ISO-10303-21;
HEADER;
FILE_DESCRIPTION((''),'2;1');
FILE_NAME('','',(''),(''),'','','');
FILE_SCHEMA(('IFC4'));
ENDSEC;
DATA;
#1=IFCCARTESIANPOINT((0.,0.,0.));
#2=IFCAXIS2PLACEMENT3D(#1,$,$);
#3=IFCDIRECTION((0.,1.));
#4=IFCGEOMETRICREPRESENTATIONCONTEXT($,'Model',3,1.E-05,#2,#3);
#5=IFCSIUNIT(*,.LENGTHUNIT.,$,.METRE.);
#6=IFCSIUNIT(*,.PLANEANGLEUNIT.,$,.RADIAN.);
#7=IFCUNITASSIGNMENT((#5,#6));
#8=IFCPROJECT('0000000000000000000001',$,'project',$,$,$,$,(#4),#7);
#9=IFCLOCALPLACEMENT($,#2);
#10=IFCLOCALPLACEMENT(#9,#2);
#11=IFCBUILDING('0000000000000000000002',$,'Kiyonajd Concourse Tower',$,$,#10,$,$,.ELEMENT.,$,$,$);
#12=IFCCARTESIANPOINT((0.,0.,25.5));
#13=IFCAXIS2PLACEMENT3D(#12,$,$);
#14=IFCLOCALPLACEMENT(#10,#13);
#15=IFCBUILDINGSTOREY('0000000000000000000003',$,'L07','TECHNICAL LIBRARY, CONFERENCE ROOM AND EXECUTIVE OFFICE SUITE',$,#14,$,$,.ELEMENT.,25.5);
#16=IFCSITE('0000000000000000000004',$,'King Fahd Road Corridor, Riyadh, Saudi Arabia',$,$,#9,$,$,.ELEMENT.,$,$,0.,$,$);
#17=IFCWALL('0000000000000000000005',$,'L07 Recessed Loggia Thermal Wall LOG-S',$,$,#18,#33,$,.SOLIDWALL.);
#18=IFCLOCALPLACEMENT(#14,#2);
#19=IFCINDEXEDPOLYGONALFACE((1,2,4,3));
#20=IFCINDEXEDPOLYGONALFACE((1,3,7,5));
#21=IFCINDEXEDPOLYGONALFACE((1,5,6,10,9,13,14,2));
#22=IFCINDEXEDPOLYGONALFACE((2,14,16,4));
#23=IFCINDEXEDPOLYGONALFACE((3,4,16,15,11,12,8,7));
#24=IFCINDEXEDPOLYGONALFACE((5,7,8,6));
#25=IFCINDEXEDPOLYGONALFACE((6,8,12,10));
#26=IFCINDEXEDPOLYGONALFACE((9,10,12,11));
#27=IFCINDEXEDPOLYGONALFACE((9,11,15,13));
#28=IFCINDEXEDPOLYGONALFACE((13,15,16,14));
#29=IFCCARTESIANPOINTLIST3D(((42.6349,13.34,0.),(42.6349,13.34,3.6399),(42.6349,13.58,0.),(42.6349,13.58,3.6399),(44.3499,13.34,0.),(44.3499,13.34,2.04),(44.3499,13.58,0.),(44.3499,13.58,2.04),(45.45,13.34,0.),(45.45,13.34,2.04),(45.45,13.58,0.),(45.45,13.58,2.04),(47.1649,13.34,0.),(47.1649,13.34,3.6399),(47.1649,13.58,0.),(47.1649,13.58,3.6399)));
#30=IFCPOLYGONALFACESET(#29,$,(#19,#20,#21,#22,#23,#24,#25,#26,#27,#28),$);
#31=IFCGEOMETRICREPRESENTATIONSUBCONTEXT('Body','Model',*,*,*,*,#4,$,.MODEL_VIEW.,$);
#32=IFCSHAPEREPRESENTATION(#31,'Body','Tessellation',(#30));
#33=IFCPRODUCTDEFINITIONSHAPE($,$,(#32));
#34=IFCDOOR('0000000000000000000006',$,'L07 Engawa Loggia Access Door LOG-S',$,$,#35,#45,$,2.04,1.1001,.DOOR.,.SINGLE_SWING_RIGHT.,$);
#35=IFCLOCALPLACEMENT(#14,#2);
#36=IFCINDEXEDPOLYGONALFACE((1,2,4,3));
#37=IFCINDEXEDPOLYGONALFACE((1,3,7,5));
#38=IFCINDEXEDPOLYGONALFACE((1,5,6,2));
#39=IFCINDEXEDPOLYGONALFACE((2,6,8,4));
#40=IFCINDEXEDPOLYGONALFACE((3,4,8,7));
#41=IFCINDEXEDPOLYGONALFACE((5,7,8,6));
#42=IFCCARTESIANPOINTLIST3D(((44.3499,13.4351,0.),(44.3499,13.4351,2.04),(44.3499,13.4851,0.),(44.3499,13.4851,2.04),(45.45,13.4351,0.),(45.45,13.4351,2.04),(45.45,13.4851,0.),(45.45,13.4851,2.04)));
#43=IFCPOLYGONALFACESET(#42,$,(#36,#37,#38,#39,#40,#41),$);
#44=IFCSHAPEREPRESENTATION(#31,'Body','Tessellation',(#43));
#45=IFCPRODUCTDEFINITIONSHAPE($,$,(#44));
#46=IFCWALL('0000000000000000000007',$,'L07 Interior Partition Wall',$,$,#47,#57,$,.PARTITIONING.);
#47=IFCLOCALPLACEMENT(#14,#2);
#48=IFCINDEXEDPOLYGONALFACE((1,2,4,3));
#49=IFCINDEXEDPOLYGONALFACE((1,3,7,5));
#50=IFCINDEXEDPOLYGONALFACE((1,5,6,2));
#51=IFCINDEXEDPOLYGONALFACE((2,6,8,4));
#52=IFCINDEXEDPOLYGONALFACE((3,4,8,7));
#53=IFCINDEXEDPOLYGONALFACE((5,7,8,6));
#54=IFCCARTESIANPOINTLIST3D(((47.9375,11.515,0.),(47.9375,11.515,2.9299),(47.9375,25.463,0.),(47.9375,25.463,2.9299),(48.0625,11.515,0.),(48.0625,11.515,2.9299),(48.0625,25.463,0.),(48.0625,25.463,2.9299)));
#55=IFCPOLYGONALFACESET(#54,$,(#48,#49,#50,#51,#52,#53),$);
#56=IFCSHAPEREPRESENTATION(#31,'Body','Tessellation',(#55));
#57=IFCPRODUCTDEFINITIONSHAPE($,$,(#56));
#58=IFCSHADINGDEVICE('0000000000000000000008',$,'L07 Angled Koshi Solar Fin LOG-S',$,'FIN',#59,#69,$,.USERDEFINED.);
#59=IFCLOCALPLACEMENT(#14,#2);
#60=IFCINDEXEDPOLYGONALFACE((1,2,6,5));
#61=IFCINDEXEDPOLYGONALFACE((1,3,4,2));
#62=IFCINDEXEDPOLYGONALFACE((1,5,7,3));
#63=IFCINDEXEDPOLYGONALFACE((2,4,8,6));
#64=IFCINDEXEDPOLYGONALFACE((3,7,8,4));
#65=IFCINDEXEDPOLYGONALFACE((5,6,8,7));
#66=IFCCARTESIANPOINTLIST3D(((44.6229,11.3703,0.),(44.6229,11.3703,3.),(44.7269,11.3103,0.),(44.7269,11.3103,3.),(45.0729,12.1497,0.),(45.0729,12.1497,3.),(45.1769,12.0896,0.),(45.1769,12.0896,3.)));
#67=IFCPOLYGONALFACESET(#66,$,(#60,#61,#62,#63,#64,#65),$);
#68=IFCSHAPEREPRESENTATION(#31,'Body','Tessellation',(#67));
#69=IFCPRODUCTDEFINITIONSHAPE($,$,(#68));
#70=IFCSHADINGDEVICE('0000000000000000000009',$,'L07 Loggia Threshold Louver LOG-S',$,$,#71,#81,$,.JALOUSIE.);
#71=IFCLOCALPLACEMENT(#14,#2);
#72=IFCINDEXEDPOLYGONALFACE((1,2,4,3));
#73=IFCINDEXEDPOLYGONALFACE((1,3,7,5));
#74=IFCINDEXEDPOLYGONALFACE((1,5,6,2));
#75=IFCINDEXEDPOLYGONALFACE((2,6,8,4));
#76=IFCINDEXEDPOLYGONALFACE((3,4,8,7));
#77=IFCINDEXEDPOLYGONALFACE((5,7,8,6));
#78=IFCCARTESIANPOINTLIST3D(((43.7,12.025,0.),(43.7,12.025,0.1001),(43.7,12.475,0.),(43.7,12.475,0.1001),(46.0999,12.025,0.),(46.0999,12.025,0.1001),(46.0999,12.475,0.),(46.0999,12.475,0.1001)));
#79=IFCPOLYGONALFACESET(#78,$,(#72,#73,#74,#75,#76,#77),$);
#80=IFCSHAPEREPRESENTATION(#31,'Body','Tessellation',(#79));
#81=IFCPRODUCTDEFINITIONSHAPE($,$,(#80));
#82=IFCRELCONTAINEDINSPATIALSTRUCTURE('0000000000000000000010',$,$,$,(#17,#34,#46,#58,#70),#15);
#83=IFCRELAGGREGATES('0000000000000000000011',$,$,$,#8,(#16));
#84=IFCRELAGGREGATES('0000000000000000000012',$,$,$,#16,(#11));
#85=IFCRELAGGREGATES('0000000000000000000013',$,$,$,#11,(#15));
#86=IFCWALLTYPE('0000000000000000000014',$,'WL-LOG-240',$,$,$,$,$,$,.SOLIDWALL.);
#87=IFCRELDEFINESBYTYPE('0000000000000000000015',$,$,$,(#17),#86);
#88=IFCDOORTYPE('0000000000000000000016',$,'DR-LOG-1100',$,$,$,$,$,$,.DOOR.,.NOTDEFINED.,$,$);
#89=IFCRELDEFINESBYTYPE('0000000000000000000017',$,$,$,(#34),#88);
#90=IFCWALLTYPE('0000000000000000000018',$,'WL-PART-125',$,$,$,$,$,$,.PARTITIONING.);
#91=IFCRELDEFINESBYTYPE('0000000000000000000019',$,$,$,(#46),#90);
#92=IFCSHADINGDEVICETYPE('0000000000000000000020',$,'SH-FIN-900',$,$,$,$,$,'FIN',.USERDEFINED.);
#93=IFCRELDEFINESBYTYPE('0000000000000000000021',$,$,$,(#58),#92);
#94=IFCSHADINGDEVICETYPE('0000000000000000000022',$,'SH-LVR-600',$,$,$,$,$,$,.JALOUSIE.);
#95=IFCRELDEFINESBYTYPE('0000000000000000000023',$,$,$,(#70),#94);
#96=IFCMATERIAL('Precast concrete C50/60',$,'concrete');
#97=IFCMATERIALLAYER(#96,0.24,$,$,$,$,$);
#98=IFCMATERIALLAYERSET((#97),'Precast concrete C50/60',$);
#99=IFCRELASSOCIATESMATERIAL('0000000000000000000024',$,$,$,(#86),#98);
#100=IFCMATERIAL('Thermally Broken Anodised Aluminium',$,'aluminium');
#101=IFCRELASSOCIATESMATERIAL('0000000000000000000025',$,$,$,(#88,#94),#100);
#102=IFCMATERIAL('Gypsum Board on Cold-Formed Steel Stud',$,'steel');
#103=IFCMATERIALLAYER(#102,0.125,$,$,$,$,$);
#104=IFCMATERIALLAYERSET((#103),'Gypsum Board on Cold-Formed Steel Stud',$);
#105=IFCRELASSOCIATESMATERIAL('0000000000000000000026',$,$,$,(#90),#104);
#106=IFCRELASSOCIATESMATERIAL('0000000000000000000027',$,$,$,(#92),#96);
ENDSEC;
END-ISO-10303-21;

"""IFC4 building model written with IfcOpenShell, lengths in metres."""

from ifc_helpers import new_model, si_unit, direction, frame, frame_2d, origin, origin_2d, place, context, subcontext, project, spatial, rectangle, extrude, material, layer, layer_set, type_object, element, fill, save


model = new_model("IFC4")

# Units and contexts
model_context = context("Model", 3, precision=1e-05, world=origin(), true_north=direction((0.0, 1.0)))
body_context = subcontext(model_context, "Body", "Model", "MODEL_VIEW")
ifc_project = project(units=[si_unit("LENGTHUNIT", "METRE"), si_unit("PLANEANGLEUNIT", "RADIAN")], contexts=[model_context])

# Site, building, storey
site_placement = place(None, origin())
site = spatial("IfcSite", under=ifc_project, at=site_placement, Name="King Fahd Road Corridor, Riyadh, Saudi Arabia", CompositionType="ELEMENT", RefElevation=0.0)
building_placement = place(site_placement, origin())
building = spatial("IfcBuilding", under=site, at=building_placement, Name="Kiyonajd Concourse Tower", CompositionType="ELEMENT")
storey_placement = place(building_placement, frame((0.0, 0.0, 25.5)))
storey = spatial("IfcBuildingStorey", under=building, at=storey_placement, Name="L07", Description="TECHNICAL LIBRARY, CONFERENCE ROOM AND EXECUTIVE OFFICE SUITE", CompositionType="ELEMENT", Elevation=25.5)

# Shared definitions
ifc_material_1 = material(Name="Precast concrete C50/60", Category="concrete")

# Shared definitions
ifc_material_2 = material(Name="Thermally Broken Anodised Aluminium", Category="aluminium")

# Wall, opening, door
ifc_layer_1 = layer(ifc_material_1, 0.24)
ifc_layer_set_1 = layer_set([ifc_layer_1], Name="Precast concrete C50/60")
wall_type_1 = type_object("IfcWallType", Name="WL-LOG-240", PredefinedType="SOLIDWALL", material=ifc_layer_set_1)
wall_1_placement = place(storey_placement, frame((47.165, 13.46, 0.0), z_axis=(0.0, 0.0, 1.0), x_axis=(-1.0, 0.0, 0.0)))
wall_1 = element("IfcWall", 1, at=wall_1_placement, inside=storey, type_object=wall_type_1, Name="L07 Recessed Loggia Thermal Wall LOG-S", PredefinedType="SOLIDWALL", context=body_context, shape_type="SweptSolid", body=[
    extrude(rectangle(XDim=4.53, YDim=0.24, at=frame_2d((2.2651, 0.0))), origin(), (0.0, 0.0, 1.0), 3.6399),
])
opening_1_placement = place(wall_1_placement, frame((1.7151, 0.0, 0.0)))
opening_1 = element("IfcOpeningElement", 2, at=opening_1_placement, cuts=wall_1, PredefinedType="OPENING", context=body_context, shape_type="SweptSolid", body=[
    extrude(rectangle(XDim=1.1001, YDim=2.04, at=frame_2d((0.55, 1.02))), frame((0.0, 0.1299, 0.0), z_axis=(0.0, -1.0, 0.0), x_axis=(1.0, 0.0, 0.0)), (0.0, 0.0, 1.0), 0.26),
])
door_type = type_object("IfcDoorType", Name="DR-LOG-1100", OperationType="NOTDEFINED", PredefinedType="DOOR", material=ifc_material_2)
door_placement = place(opening_1_placement, origin())
door = element("IfcDoor", 3, at=door_placement, inside=storey, type_object=door_type, Name="L07 Engawa Loggia Access Door LOG-S", OperationType="SINGLE_SWING_RIGHT", OverallHeight=2.04, OverallWidth=1.1001, PredefinedType="DOOR", context=body_context, shape_type="SweptSolid", body=[
    extrude(rectangle(XDim=1.1001, YDim=2.04, at=frame_2d((0.55, 1.02))), frame((0.0, 0.0249, 0.0), z_axis=(0.0, -1.0, 0.0), x_axis=(1.0, 0.0, 0.0)), (0.0, 0.0, 1.0), 0.05),
])
fill(opening_1, door)

# Wall
ifc_material_3 = material(Name="Gypsum Board on Cold-Formed Steel Stud", Category="steel")
ifc_layer_2 = layer(ifc_material_3, 0.125)
ifc_layer_set_2 = layer_set([ifc_layer_2], Name="Gypsum Board on Cold-Formed Steel Stud")
wall_type_2 = type_object("IfcWallType", Name="WL-PART-125", PredefinedType="PARTITIONING", material=ifc_layer_set_2)
wall_2_placement = place(storey_placement, frame((48.0, 11.5149, 0.0), z_axis=(0.0, 0.0, 1.0), x_axis=(0.0, 1.0, 0.0)))
element("IfcWall", 4, at=wall_2_placement, inside=storey, type_object=wall_type_2, Name="L07 Interior Partition Wall", PredefinedType="PARTITIONING", context=body_context, shape_type="SweptSolid", body=[
    extrude(rectangle(XDim=13.948, YDim=0.125, at=frame_2d((6.9741, 0.0))), origin(), (0.0, 0.0, 1.0), 2.9299),
])

# Shading devices
shading_device_type_1 = type_object("IfcShadingDeviceType", Name="SH-FIN-900", ElementType="FIN", PredefinedType="USERDEFINED", material=ifc_material_1)
shading_device_1_placement = place(storey_placement, frame((44.8999, 11.73, 0.0), z_axis=(0.0, 0.0, 1.0), x_axis=(0.5, 0.866025, 0.0)))
element("IfcShadingDevice", 5, at=shading_device_1_placement, inside=storey, type_object=shading_device_type_1, Name="L07 Angled Koshi Solar Fin LOG-S", ObjectType="FIN", PredefinedType="USERDEFINED", context=body_context, shape_type="SweptSolid", body=[
    extrude(rectangle(XDim=0.8999, YDim=0.1201, at=origin_2d()), origin(), (0.0, 0.0, 1.0), 3.0),
])
shading_device_type_2 = type_object("IfcShadingDeviceType", Name="SH-LVR-600", PredefinedType="JALOUSIE", material=ifc_material_2)
shading_device_2_placement = place(storey_placement, frame((44.8999, 12.25, 0.0), z_axis=(0.0, 0.0, 1.0), x_axis=(1.0, 0.0, 0.0)))
element("IfcShadingDevice", 6, at=shading_device_2_placement, inside=storey, type_object=shading_device_type_2, Name="L07 Loggia Threshold Louver LOG-S", PredefinedType="JALOUSIE", context=body_context, shape_type="SweptSolid", body=[
    extrude(rectangle(XDim=2.3999, YDim=0.45, at=origin_2d()), origin(), (0.0, 0.0, 1.0), 0.1001),
])

save(model, "model.ifc")
